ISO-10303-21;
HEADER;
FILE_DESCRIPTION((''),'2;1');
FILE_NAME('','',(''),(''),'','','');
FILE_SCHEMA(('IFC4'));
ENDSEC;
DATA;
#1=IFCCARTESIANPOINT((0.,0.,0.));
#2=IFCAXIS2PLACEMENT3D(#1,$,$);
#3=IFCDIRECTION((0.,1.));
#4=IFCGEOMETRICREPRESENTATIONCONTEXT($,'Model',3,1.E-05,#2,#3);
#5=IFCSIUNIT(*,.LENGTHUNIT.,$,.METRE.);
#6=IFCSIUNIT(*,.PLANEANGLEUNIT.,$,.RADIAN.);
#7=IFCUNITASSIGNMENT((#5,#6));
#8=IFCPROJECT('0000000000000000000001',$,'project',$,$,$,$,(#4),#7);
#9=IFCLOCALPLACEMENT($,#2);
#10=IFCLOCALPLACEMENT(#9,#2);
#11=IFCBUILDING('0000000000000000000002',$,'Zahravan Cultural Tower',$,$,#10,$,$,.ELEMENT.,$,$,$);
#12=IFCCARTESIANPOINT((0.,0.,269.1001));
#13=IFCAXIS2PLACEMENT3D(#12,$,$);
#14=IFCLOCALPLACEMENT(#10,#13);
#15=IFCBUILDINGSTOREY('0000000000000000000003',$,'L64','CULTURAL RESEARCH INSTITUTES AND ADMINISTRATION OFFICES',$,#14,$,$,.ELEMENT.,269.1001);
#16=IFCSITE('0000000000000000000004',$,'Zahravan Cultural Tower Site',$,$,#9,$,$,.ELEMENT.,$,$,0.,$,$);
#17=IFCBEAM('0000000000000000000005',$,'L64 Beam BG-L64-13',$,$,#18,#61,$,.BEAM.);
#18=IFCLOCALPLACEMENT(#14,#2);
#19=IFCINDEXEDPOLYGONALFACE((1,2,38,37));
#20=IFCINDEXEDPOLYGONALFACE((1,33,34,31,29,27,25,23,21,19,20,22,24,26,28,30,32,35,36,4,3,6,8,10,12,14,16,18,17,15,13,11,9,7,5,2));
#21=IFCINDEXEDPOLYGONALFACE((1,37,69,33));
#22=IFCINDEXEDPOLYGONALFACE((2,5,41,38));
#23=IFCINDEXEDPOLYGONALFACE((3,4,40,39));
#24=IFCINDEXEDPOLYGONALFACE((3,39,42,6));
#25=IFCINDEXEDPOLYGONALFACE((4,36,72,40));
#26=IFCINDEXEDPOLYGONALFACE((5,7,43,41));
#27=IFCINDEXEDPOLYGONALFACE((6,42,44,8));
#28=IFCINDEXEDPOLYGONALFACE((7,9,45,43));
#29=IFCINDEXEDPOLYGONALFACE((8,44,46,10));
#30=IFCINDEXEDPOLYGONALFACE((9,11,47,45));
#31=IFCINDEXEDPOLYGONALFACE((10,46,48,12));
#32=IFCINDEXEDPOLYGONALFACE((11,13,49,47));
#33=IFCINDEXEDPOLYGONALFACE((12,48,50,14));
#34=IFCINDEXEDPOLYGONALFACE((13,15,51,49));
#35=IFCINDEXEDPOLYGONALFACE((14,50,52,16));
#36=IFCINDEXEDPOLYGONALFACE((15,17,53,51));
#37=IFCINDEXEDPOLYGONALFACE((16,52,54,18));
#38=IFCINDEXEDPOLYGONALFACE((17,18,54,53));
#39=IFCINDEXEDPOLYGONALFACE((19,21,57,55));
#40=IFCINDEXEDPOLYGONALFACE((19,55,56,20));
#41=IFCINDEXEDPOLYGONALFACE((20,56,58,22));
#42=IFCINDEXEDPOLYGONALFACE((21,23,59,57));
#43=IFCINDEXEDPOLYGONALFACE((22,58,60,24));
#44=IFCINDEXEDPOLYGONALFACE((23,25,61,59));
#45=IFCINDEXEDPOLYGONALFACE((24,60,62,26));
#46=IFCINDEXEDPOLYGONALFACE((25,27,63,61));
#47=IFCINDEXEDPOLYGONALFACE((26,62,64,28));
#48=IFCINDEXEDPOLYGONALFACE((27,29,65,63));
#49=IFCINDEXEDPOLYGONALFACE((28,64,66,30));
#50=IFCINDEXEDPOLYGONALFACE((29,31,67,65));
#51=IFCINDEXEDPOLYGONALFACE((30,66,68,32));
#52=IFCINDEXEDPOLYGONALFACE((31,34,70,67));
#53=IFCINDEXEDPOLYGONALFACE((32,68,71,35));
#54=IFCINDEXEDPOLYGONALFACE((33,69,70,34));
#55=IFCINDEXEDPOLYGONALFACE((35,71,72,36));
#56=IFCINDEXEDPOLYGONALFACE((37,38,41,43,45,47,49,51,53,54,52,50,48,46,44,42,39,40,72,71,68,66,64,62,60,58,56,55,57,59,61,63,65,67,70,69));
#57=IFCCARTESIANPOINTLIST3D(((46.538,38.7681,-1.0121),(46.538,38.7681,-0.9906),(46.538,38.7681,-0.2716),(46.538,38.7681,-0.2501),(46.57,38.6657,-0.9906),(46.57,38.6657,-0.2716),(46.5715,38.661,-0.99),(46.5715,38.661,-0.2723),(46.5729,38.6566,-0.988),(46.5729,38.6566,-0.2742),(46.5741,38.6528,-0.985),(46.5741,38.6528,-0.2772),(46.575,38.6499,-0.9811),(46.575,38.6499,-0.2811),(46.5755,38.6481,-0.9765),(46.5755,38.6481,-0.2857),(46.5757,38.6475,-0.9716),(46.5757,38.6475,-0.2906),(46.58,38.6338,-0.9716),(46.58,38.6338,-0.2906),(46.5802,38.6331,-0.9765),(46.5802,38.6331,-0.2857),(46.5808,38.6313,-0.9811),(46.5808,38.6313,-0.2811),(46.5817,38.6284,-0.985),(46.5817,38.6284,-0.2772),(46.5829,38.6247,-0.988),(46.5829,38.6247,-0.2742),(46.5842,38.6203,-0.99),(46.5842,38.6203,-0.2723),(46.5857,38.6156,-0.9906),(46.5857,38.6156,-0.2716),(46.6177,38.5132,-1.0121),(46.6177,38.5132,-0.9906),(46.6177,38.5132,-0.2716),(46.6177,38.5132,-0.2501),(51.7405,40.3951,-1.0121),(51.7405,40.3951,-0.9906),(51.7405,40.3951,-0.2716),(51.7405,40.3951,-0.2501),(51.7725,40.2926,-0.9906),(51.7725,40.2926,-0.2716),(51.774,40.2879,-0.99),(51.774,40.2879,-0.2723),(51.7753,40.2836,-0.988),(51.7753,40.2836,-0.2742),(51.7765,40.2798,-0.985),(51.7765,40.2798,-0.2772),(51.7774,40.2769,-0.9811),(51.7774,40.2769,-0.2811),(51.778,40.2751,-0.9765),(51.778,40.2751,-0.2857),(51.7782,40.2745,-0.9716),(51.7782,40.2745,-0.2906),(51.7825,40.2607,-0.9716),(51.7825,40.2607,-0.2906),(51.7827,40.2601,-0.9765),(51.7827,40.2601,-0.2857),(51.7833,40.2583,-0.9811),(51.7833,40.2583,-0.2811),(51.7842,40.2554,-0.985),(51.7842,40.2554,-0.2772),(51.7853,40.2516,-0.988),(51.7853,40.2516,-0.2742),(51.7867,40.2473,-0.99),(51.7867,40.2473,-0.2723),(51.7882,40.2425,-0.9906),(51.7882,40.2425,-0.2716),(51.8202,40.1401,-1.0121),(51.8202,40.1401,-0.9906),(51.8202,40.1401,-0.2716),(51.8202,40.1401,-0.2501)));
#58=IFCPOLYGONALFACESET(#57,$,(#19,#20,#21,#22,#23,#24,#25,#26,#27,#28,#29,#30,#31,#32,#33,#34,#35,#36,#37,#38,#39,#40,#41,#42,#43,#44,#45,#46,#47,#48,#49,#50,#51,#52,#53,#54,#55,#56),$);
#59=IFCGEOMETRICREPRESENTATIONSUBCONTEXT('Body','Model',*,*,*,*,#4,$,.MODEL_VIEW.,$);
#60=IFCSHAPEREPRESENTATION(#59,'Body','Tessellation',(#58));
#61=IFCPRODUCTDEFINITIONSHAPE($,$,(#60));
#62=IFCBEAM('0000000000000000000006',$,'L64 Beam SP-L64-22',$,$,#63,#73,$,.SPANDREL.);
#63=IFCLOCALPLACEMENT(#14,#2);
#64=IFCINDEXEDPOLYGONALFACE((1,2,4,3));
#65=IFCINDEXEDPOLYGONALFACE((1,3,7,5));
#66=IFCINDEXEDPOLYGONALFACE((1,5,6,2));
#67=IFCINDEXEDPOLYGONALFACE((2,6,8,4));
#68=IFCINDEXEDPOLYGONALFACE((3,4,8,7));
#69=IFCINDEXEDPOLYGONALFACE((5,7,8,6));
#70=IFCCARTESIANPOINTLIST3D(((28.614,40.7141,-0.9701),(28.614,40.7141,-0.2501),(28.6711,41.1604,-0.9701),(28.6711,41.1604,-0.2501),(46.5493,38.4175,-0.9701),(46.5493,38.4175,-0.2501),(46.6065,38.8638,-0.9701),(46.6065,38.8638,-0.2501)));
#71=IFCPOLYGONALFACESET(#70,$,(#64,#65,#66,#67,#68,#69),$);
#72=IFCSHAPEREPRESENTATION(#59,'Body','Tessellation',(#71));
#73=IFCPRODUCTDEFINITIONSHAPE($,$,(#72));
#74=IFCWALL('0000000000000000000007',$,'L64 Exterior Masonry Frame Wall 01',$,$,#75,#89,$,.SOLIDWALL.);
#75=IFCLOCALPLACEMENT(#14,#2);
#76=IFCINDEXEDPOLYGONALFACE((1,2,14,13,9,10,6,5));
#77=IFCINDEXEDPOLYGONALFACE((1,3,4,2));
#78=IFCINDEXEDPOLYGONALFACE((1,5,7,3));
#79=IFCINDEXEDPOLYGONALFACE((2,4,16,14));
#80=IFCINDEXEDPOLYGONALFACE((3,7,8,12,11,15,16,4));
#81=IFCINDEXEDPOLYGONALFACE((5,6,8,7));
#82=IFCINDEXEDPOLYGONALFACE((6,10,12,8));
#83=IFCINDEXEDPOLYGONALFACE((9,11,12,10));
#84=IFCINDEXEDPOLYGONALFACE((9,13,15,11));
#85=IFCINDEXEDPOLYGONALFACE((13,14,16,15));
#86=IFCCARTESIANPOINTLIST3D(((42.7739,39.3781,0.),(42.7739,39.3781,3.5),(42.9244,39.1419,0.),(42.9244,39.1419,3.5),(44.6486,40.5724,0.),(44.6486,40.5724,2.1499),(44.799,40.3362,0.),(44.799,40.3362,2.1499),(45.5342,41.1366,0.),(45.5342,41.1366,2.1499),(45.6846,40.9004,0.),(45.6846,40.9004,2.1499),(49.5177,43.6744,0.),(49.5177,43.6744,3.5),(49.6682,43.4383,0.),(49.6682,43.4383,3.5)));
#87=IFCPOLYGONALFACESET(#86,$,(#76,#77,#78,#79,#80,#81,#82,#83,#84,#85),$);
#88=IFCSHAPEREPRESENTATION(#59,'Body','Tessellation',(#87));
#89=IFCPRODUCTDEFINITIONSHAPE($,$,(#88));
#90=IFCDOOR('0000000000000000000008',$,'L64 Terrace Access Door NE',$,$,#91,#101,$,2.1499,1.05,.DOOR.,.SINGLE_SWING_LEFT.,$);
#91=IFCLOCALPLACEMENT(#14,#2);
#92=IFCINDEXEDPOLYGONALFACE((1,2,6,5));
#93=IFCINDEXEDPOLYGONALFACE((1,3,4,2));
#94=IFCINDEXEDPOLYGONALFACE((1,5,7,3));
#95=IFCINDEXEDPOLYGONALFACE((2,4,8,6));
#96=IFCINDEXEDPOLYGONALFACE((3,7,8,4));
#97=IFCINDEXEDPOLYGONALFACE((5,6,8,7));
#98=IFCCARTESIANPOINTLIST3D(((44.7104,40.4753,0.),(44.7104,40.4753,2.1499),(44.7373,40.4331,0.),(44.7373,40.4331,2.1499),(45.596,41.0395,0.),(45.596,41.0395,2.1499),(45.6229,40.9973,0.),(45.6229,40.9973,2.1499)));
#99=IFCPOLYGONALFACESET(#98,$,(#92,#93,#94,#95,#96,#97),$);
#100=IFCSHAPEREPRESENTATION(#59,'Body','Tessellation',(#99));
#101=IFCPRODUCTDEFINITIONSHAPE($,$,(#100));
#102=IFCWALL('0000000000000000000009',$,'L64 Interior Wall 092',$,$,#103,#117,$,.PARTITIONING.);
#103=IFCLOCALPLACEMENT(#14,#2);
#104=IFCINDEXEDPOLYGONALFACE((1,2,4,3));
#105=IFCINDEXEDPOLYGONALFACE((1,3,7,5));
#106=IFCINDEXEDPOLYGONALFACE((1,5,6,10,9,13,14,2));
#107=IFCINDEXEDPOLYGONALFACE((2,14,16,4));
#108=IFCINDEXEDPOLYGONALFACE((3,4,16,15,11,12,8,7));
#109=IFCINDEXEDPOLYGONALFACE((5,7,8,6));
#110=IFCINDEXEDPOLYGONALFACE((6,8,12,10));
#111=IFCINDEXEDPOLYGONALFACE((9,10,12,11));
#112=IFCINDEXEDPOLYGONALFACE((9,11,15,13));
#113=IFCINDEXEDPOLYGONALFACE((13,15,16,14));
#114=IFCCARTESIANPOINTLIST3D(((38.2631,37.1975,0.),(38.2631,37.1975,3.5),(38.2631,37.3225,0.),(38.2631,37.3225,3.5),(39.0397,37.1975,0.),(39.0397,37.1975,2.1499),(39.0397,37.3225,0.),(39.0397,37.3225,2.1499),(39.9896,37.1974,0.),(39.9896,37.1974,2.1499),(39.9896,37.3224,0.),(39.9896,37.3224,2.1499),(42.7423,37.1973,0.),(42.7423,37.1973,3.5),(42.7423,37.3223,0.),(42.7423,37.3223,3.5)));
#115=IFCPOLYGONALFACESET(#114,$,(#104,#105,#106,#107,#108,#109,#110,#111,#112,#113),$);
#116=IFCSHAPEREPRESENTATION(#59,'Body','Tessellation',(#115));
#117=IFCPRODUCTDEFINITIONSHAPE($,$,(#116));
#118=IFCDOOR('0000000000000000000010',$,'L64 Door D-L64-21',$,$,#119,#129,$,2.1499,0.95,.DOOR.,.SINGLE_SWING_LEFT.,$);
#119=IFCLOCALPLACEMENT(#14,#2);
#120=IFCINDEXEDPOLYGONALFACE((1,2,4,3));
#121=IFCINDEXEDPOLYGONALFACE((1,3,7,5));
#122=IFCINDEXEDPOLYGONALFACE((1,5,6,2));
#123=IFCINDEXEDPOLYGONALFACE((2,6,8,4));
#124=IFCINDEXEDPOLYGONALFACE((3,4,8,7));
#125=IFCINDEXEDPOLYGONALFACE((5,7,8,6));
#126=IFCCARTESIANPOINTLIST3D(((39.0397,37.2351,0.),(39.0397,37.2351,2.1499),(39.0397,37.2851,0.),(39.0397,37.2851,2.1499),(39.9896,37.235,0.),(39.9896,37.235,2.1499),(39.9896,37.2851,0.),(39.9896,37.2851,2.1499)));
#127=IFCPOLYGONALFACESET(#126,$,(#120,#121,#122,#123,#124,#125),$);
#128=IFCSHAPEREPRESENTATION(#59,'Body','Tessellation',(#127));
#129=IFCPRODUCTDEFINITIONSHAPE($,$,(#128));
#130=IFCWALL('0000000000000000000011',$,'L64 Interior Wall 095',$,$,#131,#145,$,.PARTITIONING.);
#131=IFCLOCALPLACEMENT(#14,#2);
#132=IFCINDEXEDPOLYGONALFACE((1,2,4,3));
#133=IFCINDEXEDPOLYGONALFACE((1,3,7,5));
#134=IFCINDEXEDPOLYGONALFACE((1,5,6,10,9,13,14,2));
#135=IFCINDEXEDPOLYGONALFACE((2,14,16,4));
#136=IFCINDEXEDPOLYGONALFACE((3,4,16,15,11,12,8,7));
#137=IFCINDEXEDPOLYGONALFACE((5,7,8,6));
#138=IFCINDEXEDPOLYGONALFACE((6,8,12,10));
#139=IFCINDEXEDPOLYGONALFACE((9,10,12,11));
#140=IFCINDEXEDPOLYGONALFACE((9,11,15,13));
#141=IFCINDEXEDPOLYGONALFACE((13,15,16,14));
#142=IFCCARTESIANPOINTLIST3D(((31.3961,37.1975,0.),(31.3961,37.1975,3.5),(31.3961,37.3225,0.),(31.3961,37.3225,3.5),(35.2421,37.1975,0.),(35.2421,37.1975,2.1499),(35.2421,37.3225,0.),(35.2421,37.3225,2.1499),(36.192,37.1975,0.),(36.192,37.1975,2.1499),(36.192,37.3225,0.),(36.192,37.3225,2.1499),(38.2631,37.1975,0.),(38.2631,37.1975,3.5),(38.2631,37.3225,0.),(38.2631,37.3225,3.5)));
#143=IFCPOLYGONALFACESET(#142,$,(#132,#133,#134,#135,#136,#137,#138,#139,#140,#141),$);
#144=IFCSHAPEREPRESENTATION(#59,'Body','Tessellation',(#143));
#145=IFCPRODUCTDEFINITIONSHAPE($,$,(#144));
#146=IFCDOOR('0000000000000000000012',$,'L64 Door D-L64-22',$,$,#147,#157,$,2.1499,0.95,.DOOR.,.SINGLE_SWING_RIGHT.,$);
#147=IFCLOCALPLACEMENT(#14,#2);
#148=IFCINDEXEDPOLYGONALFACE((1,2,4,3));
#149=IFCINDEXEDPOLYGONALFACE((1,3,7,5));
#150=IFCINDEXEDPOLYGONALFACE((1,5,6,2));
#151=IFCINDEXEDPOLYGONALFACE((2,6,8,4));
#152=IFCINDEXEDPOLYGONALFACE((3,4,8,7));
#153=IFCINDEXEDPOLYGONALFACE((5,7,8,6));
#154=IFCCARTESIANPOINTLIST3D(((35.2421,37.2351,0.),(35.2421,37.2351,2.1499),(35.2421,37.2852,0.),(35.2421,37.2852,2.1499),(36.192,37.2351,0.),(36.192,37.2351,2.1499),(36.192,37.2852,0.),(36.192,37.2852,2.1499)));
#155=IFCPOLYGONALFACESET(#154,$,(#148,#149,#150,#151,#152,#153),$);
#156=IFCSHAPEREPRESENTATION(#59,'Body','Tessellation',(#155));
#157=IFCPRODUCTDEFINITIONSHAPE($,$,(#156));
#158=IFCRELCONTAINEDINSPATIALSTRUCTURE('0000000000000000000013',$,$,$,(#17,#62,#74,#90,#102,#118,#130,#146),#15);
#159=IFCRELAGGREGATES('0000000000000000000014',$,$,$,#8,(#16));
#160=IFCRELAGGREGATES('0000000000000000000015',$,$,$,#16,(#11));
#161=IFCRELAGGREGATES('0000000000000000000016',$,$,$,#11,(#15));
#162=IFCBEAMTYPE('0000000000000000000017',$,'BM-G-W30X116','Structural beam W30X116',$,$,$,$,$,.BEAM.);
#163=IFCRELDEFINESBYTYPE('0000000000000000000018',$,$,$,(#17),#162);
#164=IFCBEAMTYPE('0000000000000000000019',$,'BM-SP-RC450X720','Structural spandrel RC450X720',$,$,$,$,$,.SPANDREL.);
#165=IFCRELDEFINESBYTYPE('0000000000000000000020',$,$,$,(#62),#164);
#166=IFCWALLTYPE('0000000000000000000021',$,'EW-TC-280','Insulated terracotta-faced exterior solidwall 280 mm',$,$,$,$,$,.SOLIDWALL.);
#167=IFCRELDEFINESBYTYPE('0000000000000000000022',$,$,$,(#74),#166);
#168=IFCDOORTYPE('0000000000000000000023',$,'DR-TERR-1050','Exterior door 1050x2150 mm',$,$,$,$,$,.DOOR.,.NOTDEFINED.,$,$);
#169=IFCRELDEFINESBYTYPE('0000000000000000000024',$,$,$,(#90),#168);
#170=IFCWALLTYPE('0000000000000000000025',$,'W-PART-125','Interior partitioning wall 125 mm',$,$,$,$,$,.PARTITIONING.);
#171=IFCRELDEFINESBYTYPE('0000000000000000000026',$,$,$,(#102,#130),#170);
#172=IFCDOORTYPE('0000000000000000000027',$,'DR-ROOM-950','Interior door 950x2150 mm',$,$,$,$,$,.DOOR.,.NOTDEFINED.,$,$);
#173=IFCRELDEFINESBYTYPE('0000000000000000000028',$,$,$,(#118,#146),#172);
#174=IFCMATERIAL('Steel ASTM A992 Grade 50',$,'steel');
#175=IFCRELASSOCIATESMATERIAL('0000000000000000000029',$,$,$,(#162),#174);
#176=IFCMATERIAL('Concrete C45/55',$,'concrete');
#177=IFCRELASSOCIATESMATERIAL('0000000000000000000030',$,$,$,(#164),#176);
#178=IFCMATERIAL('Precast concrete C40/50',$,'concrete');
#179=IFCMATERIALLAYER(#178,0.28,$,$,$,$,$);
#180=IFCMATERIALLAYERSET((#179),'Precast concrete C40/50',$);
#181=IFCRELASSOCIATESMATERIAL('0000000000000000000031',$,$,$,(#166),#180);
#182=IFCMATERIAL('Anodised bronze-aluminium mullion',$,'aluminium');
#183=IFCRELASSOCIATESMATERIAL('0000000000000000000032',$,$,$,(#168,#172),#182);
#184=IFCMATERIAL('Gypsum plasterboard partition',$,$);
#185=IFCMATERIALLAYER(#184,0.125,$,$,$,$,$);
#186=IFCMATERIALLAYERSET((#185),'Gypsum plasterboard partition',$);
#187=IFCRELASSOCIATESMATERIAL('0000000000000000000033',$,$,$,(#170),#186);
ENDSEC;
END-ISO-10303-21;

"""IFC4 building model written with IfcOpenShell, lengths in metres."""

from ifc_helpers import new_model, si_unit, direction, frame, frame_2d, origin, origin_2d, place, context, subcontext, project, spatial, rectangle, i_section, extrude, source, transform, mapped, material, layer, layer_set, material_profile, profile_set, type_object, element, fill, save


model = new_model("IFC4")

# Units and contexts
model_context = context("Model", 3, precision=1e-05, world=origin(), true_north=direction((0.0, 1.0)))
body_context = subcontext(model_context, "Body", "Model", "MODEL_VIEW")
ifc_project = project(units=[si_unit("LENGTHUNIT", "METRE"), si_unit("PLANEANGLEUNIT", "RADIAN")], contexts=[model_context])

# Site, building, storey
site_placement = place(None, origin())
site = spatial("IfcSite", under=ifc_project, at=site_placement, Name="Zahravan Cultural Tower Site", CompositionType="ELEMENT", RefElevation=0.0)
building_placement = place(site_placement, origin())
building = spatial("IfcBuilding", under=site, at=building_placement, Name="Zahravan Cultural Tower", CompositionType="ELEMENT")
storey_placement = place(building_placement, frame((0.0, 0.0, 269.1001)))
storey = spatial("IfcBuildingStorey", under=building, at=storey_placement, Name="L64", Description="CULTURAL RESEARCH INSTITUTES AND ADMINISTRATION OFFICES", CompositionType="ELEMENT", Elevation=269.1001)

# Shared definitions
ifc_material_1 = material(Name="Steel ASTM A992 Grade 50", Category="steel")

# Beams
ifc_material_profile_1 = material_profile(ifc_material_1, i_section(OverallWidth=0.2671, OverallDepth=0.762, WebThickness=0.0144, FlangeThickness=0.0215, FilletRadius=0.019, at=origin_2d()), Name="W30X116")
ifc_profile_set_1 = profile_set([ifc_material_profile_1], Name="Steel ASTM A992 Grade 50")
beam_type_1 = type_object("IfcBeamType", Name="BM-G-W30X116", Description="Structural beam W30X116", PredefinedType="BEAM", material=ifc_profile_set_1)
shared_shape_1 = source(origin(), body_context, "Body", "SweptSolid", [
    extrude(i_section(OverallWidth=0.2671, OverallDepth=0.762, WebThickness=0.0144, FlangeThickness=0.0215, FilletRadius=0.019, at=origin_2d()), origin(), (0.0, 0.0, 1.0), 5.4509),
])
beam_1_placement = place(storey_placement, frame((46.5779, 38.6406, -0.6311), z_axis=(0.954417, 0.298476, 0.0), x_axis=(-0.298476, 0.954417, 0.0)))
element("IfcBeam", 1, at=beam_1_placement, inside=storey, type_object=beam_type_1, Name="L64 Beam BG-L64-13", PredefinedType="BEAM", context=body_context, shape_type="MappedRepresentation", body=[
    mapped(shared_shape_1, transform((0.0, 0.0, 0.0), x_axis=(1.0, 0.0, 0.0), y_axis=(0.0, 1.0, 0.0), z_axis=(0.0, 0.0, 1.0), scale=1.0)),
])
ifc_material_2 = material(Name="Concrete C45/55", Category="concrete")
ifc_material_profile_2 = material_profile(ifc_material_2, rectangle(XDim=0.45, YDim=0.72, at=origin_2d()), Name="RC450X720")
ifc_profile_set_2 = profile_set([ifc_material_profile_2], Name="Concrete C45/55")
beam_type_2 = type_object("IfcBeamType", Name="BM-SP-RC450X720", Description="Structural spandrel RC450X720", PredefinedType="SPANDREL", material=ifc_profile_set_2)
shared_shape_2 = source(origin(), body_context, "Body", "SweptSolid", [
    extrude(rectangle(XDim=0.45, YDim=0.72, at=origin_2d()), origin(), (0.0, 0.0, 1.0), 18.0818),
])
beam_2_placement = place(storey_placement, frame((46.5779, 38.6406, -0.6101), z_axis=(-0.991901, 0.127014, 0.0), x_axis=(-0.127014, -0.991901, 0.0)))
element("IfcBeam", 2, at=beam_2_placement, inside=storey, type_object=beam_type_2, Name="L64 Beam SP-L64-22", PredefinedType="SPANDREL", context=body_context, shape_type="MappedRepresentation", body=[
    mapped(shared_shape_2, transform((0.0, 0.0, 0.0), x_axis=(1.0, 0.0, 0.0), y_axis=(0.0, 1.0, 0.0), z_axis=(0.0, 0.0, 1.0), scale=1.0)),
])

# Walls, openings, doors
ifc_material_3 = material(Name="Precast concrete C40/50", Category="concrete")
ifc_layer_1 = layer(ifc_material_3, 0.28)
ifc_layer_set_1 = layer_set([ifc_layer_1], Name="Precast concrete C40/50")
wall_type_1 = type_object("IfcWallType", Name="EW-TC-280", Description="Insulated terracotta-faced exterior solidwall 280 mm", PredefinedType="SOLIDWALL", material=ifc_layer_set_1)
wall_1_placement = place(storey_placement, frame((42.8491, 39.26, 0.0), z_axis=(0.0, 0.0, 1.0), x_axis=(0.843389, 0.537304, 0.0)))
wall_1 = element("IfcWall", 3, at=wall_1_placement, inside=storey, type_object=wall_type_1, Name="L64 Exterior Masonry Frame Wall 01", PredefinedType="SOLIDWALL", context=body_context, shape_type="SweptSolid", body=[
    extrude(rectangle(XDim=7.9961, YDim=0.28, at=frame_2d((3.998, 0.0))), origin(), (0.0, 0.0, 1.0), 3.5),
])
opening_1_placement = place(wall_1_placement, frame((2.2229, 0.0, 0.0)))
opening_1 = element("IfcOpeningElement", 4, at=opening_1_placement, cuts=wall_1, PredefinedType="OPENING", context=body_context, shape_type="SweptSolid", body=[
    extrude(rectangle(XDim=1.05, YDim=2.1499, at=frame_2d((0.5249, 1.075))), frame((0.0, 0.1499, 0.0), z_axis=(0.0, -1.0, 0.0), x_axis=(1.0, 0.0, 0.0)), (0.0, 0.0, 1.0), 0.3),
])
ifc_material_4 = material(Name="Anodised bronze-aluminium mullion", Category="aluminium")
door_type_1 = type_object("IfcDoorType", Name="DR-TERR-1050", Description="Exterior door 1050x2150 mm", OperationType="NOTDEFINED", PredefinedType="DOOR", material=ifc_material_4)
shared_shape_3 = source(origin(), body_context, "Body", "SweptSolid", [
    extrude(rectangle(XDim=1.05, YDim=2.1499, at=frame_2d((0.5249, 1.075))), frame((0.0, 0.0249, 0.0), z_axis=(0.0, -1.0, 0.0), x_axis=(1.0, 0.0, 0.0)), (0.0, 0.0, 1.0), 0.05),
])
door_1_placement = place(opening_1_placement, origin())
door_1 = element("IfcDoor", 5, at=door_1_placement, inside=storey, type_object=door_type_1, Name="L64 Terrace Access Door NE", OperationType="SINGLE_SWING_LEFT", OverallHeight=2.1499, OverallWidth=1.05, PredefinedType="DOOR", context=body_context, shape_type="MappedRepresentation", body=[
    mapped(shared_shape_3, transform((0.0, 0.0, 0.0), x_axis=(1.0, 0.0, 0.0), y_axis=(0.0, 1.0, 0.0), z_axis=(0.0, 0.0, 1.0), scale=1.0)),
])
fill(opening_1, door_1)
ifc_material_5 = material(Name="Gypsum plasterboard partition")
ifc_layer_2 = layer(ifc_material_5, 0.125)
ifc_layer_set_2 = layer_set([ifc_layer_2], Name="Gypsum plasterboard partition")
wall_type_2 = type_object("IfcWallType", Name="W-PART-125", Description="Interior partitioning wall 125 mm", PredefinedType="PARTITIONING", material=ifc_layer_set_2)
wall_2_placement = place(storey_placement, frame((42.7424, 37.2598, 0.0), z_axis=(0.0, 0.0, 1.0), x_axis=(-1.0, 0.000055, 0.0)))
wall_2 = element("IfcWall", 6, at=wall_2_placement, inside=storey, type_object=wall_type_2, Name="L64 Interior Wall 092", PredefinedType="PARTITIONING", context=body_context, shape_type="SweptSolid", body=[
    extrude(rectangle(XDim=4.4792, YDim=0.125, at=frame_2d((2.2397, 0.0))), origin(), (0.0, 0.0, 1.0), 3.5),
])
opening_2_placement = place(wall_2_placement, frame((2.7527, 0.0, 0.0)))
opening_2 = element("IfcOpeningElement", 7, at=opening_2_placement, cuts=wall_2, PredefinedType="OPENING", context=body_context, shape_type="SweptSolid", body=[
    extrude(rectangle(XDim=0.95, YDim=2.1499, at=frame_2d((0.4751, 1.075))), frame((0.0, 0.0725, 0.0), z_axis=(0.0, -1.0, 0.0), x_axis=(1.0, 0.0, 0.0)), (0.0, 0.0, 1.0), 0.145),
])
door_type_2 = type_object("IfcDoorType", Name="DR-ROOM-950", Description="Interior door 950x2150 mm", OperationType="NOTDEFINED", PredefinedType="DOOR", material=ifc_material_4)
shared_shape_4 = source(origin(), body_context, "Body", "SweptSolid", [
    extrude(rectangle(XDim=0.95, YDim=2.1499, at=frame_2d((0.4751, 1.075))), frame((0.0, 0.0249, 0.0), z_axis=(0.0, -1.0, 0.0), x_axis=(1.0, 0.0, 0.0)), (0.0, 0.0, 1.0), 0.05),
])
door_2_placement = place(opening_2_placement, origin())
door_2 = element("IfcDoor", 8, at=door_2_placement, inside=storey, type_object=door_type_2, Name="L64 Door D-L64-21", OperationType="SINGLE_SWING_LEFT", OverallHeight=2.1499, OverallWidth=0.95, PredefinedType="DOOR", context=body_context, shape_type="MappedRepresentation", body=[
    mapped(shared_shape_4, transform((0.0, 0.0, 0.0), x_axis=(1.0, 0.0, 0.0), y_axis=(0.0, 1.0, 0.0), z_axis=(0.0, 0.0, 1.0), scale=1.0)),
])
fill(opening_2, door_2)
wall_3_placement = place(storey_placement, frame((38.2632, 37.26, 0.0), z_axis=(0.0, 0.0, 1.0), x_axis=(-1.0, 0.0, 0.0)))
wall_3 = element("IfcWall", 9, at=wall_3_placement, inside=storey, type_object=wall_type_2, Name="L64 Interior Wall 095", PredefinedType="PARTITIONING", context=body_context, shape_type="SweptSolid", body=[
    extrude(rectangle(XDim=6.8669, YDim=0.125, at=frame_2d((3.4336, 0.0))), origin(), (0.0, 0.0, 1.0), 3.5),
])
opening_3_placement = place(wall_3_placement, frame((2.071, 0.0, 0.0)))
opening_3 = element("IfcOpeningElement", 10, at=opening_3_placement, cuts=wall_3, PredefinedType="OPENING", context=body_context, shape_type="SweptSolid", body=[
    extrude(rectangle(XDim=0.95, YDim=2.1499, at=frame_2d((0.4751, 1.075))), frame((0.0, 0.0725, 0.0), z_axis=(0.0, -1.0, 0.0), x_axis=(1.0, 0.0, 0.0)), (0.0, 0.0, 1.0), 0.145),
])
door_3_placement = place(opening_3_placement, origin())
door_3 = element("IfcDoor", 11, at=door_3_placement, inside=storey, type_object=door_type_2, Name="L64 Door D-L64-22", OperationType="SINGLE_SWING_RIGHT", OverallHeight=2.1499, OverallWidth=0.95, PredefinedType="DOOR", context=body_context, shape_type="MappedRepresentation", body=[
    mapped(shared_shape_4, transform((0.0, 0.0, 0.0), x_axis=(1.0, 0.0, 0.0), y_axis=(0.0, 1.0, 0.0), z_axis=(0.0, 0.0, 1.0), scale=1.0)),
])
fill(opening_3, door_3)

save(model, "model.ifc")
